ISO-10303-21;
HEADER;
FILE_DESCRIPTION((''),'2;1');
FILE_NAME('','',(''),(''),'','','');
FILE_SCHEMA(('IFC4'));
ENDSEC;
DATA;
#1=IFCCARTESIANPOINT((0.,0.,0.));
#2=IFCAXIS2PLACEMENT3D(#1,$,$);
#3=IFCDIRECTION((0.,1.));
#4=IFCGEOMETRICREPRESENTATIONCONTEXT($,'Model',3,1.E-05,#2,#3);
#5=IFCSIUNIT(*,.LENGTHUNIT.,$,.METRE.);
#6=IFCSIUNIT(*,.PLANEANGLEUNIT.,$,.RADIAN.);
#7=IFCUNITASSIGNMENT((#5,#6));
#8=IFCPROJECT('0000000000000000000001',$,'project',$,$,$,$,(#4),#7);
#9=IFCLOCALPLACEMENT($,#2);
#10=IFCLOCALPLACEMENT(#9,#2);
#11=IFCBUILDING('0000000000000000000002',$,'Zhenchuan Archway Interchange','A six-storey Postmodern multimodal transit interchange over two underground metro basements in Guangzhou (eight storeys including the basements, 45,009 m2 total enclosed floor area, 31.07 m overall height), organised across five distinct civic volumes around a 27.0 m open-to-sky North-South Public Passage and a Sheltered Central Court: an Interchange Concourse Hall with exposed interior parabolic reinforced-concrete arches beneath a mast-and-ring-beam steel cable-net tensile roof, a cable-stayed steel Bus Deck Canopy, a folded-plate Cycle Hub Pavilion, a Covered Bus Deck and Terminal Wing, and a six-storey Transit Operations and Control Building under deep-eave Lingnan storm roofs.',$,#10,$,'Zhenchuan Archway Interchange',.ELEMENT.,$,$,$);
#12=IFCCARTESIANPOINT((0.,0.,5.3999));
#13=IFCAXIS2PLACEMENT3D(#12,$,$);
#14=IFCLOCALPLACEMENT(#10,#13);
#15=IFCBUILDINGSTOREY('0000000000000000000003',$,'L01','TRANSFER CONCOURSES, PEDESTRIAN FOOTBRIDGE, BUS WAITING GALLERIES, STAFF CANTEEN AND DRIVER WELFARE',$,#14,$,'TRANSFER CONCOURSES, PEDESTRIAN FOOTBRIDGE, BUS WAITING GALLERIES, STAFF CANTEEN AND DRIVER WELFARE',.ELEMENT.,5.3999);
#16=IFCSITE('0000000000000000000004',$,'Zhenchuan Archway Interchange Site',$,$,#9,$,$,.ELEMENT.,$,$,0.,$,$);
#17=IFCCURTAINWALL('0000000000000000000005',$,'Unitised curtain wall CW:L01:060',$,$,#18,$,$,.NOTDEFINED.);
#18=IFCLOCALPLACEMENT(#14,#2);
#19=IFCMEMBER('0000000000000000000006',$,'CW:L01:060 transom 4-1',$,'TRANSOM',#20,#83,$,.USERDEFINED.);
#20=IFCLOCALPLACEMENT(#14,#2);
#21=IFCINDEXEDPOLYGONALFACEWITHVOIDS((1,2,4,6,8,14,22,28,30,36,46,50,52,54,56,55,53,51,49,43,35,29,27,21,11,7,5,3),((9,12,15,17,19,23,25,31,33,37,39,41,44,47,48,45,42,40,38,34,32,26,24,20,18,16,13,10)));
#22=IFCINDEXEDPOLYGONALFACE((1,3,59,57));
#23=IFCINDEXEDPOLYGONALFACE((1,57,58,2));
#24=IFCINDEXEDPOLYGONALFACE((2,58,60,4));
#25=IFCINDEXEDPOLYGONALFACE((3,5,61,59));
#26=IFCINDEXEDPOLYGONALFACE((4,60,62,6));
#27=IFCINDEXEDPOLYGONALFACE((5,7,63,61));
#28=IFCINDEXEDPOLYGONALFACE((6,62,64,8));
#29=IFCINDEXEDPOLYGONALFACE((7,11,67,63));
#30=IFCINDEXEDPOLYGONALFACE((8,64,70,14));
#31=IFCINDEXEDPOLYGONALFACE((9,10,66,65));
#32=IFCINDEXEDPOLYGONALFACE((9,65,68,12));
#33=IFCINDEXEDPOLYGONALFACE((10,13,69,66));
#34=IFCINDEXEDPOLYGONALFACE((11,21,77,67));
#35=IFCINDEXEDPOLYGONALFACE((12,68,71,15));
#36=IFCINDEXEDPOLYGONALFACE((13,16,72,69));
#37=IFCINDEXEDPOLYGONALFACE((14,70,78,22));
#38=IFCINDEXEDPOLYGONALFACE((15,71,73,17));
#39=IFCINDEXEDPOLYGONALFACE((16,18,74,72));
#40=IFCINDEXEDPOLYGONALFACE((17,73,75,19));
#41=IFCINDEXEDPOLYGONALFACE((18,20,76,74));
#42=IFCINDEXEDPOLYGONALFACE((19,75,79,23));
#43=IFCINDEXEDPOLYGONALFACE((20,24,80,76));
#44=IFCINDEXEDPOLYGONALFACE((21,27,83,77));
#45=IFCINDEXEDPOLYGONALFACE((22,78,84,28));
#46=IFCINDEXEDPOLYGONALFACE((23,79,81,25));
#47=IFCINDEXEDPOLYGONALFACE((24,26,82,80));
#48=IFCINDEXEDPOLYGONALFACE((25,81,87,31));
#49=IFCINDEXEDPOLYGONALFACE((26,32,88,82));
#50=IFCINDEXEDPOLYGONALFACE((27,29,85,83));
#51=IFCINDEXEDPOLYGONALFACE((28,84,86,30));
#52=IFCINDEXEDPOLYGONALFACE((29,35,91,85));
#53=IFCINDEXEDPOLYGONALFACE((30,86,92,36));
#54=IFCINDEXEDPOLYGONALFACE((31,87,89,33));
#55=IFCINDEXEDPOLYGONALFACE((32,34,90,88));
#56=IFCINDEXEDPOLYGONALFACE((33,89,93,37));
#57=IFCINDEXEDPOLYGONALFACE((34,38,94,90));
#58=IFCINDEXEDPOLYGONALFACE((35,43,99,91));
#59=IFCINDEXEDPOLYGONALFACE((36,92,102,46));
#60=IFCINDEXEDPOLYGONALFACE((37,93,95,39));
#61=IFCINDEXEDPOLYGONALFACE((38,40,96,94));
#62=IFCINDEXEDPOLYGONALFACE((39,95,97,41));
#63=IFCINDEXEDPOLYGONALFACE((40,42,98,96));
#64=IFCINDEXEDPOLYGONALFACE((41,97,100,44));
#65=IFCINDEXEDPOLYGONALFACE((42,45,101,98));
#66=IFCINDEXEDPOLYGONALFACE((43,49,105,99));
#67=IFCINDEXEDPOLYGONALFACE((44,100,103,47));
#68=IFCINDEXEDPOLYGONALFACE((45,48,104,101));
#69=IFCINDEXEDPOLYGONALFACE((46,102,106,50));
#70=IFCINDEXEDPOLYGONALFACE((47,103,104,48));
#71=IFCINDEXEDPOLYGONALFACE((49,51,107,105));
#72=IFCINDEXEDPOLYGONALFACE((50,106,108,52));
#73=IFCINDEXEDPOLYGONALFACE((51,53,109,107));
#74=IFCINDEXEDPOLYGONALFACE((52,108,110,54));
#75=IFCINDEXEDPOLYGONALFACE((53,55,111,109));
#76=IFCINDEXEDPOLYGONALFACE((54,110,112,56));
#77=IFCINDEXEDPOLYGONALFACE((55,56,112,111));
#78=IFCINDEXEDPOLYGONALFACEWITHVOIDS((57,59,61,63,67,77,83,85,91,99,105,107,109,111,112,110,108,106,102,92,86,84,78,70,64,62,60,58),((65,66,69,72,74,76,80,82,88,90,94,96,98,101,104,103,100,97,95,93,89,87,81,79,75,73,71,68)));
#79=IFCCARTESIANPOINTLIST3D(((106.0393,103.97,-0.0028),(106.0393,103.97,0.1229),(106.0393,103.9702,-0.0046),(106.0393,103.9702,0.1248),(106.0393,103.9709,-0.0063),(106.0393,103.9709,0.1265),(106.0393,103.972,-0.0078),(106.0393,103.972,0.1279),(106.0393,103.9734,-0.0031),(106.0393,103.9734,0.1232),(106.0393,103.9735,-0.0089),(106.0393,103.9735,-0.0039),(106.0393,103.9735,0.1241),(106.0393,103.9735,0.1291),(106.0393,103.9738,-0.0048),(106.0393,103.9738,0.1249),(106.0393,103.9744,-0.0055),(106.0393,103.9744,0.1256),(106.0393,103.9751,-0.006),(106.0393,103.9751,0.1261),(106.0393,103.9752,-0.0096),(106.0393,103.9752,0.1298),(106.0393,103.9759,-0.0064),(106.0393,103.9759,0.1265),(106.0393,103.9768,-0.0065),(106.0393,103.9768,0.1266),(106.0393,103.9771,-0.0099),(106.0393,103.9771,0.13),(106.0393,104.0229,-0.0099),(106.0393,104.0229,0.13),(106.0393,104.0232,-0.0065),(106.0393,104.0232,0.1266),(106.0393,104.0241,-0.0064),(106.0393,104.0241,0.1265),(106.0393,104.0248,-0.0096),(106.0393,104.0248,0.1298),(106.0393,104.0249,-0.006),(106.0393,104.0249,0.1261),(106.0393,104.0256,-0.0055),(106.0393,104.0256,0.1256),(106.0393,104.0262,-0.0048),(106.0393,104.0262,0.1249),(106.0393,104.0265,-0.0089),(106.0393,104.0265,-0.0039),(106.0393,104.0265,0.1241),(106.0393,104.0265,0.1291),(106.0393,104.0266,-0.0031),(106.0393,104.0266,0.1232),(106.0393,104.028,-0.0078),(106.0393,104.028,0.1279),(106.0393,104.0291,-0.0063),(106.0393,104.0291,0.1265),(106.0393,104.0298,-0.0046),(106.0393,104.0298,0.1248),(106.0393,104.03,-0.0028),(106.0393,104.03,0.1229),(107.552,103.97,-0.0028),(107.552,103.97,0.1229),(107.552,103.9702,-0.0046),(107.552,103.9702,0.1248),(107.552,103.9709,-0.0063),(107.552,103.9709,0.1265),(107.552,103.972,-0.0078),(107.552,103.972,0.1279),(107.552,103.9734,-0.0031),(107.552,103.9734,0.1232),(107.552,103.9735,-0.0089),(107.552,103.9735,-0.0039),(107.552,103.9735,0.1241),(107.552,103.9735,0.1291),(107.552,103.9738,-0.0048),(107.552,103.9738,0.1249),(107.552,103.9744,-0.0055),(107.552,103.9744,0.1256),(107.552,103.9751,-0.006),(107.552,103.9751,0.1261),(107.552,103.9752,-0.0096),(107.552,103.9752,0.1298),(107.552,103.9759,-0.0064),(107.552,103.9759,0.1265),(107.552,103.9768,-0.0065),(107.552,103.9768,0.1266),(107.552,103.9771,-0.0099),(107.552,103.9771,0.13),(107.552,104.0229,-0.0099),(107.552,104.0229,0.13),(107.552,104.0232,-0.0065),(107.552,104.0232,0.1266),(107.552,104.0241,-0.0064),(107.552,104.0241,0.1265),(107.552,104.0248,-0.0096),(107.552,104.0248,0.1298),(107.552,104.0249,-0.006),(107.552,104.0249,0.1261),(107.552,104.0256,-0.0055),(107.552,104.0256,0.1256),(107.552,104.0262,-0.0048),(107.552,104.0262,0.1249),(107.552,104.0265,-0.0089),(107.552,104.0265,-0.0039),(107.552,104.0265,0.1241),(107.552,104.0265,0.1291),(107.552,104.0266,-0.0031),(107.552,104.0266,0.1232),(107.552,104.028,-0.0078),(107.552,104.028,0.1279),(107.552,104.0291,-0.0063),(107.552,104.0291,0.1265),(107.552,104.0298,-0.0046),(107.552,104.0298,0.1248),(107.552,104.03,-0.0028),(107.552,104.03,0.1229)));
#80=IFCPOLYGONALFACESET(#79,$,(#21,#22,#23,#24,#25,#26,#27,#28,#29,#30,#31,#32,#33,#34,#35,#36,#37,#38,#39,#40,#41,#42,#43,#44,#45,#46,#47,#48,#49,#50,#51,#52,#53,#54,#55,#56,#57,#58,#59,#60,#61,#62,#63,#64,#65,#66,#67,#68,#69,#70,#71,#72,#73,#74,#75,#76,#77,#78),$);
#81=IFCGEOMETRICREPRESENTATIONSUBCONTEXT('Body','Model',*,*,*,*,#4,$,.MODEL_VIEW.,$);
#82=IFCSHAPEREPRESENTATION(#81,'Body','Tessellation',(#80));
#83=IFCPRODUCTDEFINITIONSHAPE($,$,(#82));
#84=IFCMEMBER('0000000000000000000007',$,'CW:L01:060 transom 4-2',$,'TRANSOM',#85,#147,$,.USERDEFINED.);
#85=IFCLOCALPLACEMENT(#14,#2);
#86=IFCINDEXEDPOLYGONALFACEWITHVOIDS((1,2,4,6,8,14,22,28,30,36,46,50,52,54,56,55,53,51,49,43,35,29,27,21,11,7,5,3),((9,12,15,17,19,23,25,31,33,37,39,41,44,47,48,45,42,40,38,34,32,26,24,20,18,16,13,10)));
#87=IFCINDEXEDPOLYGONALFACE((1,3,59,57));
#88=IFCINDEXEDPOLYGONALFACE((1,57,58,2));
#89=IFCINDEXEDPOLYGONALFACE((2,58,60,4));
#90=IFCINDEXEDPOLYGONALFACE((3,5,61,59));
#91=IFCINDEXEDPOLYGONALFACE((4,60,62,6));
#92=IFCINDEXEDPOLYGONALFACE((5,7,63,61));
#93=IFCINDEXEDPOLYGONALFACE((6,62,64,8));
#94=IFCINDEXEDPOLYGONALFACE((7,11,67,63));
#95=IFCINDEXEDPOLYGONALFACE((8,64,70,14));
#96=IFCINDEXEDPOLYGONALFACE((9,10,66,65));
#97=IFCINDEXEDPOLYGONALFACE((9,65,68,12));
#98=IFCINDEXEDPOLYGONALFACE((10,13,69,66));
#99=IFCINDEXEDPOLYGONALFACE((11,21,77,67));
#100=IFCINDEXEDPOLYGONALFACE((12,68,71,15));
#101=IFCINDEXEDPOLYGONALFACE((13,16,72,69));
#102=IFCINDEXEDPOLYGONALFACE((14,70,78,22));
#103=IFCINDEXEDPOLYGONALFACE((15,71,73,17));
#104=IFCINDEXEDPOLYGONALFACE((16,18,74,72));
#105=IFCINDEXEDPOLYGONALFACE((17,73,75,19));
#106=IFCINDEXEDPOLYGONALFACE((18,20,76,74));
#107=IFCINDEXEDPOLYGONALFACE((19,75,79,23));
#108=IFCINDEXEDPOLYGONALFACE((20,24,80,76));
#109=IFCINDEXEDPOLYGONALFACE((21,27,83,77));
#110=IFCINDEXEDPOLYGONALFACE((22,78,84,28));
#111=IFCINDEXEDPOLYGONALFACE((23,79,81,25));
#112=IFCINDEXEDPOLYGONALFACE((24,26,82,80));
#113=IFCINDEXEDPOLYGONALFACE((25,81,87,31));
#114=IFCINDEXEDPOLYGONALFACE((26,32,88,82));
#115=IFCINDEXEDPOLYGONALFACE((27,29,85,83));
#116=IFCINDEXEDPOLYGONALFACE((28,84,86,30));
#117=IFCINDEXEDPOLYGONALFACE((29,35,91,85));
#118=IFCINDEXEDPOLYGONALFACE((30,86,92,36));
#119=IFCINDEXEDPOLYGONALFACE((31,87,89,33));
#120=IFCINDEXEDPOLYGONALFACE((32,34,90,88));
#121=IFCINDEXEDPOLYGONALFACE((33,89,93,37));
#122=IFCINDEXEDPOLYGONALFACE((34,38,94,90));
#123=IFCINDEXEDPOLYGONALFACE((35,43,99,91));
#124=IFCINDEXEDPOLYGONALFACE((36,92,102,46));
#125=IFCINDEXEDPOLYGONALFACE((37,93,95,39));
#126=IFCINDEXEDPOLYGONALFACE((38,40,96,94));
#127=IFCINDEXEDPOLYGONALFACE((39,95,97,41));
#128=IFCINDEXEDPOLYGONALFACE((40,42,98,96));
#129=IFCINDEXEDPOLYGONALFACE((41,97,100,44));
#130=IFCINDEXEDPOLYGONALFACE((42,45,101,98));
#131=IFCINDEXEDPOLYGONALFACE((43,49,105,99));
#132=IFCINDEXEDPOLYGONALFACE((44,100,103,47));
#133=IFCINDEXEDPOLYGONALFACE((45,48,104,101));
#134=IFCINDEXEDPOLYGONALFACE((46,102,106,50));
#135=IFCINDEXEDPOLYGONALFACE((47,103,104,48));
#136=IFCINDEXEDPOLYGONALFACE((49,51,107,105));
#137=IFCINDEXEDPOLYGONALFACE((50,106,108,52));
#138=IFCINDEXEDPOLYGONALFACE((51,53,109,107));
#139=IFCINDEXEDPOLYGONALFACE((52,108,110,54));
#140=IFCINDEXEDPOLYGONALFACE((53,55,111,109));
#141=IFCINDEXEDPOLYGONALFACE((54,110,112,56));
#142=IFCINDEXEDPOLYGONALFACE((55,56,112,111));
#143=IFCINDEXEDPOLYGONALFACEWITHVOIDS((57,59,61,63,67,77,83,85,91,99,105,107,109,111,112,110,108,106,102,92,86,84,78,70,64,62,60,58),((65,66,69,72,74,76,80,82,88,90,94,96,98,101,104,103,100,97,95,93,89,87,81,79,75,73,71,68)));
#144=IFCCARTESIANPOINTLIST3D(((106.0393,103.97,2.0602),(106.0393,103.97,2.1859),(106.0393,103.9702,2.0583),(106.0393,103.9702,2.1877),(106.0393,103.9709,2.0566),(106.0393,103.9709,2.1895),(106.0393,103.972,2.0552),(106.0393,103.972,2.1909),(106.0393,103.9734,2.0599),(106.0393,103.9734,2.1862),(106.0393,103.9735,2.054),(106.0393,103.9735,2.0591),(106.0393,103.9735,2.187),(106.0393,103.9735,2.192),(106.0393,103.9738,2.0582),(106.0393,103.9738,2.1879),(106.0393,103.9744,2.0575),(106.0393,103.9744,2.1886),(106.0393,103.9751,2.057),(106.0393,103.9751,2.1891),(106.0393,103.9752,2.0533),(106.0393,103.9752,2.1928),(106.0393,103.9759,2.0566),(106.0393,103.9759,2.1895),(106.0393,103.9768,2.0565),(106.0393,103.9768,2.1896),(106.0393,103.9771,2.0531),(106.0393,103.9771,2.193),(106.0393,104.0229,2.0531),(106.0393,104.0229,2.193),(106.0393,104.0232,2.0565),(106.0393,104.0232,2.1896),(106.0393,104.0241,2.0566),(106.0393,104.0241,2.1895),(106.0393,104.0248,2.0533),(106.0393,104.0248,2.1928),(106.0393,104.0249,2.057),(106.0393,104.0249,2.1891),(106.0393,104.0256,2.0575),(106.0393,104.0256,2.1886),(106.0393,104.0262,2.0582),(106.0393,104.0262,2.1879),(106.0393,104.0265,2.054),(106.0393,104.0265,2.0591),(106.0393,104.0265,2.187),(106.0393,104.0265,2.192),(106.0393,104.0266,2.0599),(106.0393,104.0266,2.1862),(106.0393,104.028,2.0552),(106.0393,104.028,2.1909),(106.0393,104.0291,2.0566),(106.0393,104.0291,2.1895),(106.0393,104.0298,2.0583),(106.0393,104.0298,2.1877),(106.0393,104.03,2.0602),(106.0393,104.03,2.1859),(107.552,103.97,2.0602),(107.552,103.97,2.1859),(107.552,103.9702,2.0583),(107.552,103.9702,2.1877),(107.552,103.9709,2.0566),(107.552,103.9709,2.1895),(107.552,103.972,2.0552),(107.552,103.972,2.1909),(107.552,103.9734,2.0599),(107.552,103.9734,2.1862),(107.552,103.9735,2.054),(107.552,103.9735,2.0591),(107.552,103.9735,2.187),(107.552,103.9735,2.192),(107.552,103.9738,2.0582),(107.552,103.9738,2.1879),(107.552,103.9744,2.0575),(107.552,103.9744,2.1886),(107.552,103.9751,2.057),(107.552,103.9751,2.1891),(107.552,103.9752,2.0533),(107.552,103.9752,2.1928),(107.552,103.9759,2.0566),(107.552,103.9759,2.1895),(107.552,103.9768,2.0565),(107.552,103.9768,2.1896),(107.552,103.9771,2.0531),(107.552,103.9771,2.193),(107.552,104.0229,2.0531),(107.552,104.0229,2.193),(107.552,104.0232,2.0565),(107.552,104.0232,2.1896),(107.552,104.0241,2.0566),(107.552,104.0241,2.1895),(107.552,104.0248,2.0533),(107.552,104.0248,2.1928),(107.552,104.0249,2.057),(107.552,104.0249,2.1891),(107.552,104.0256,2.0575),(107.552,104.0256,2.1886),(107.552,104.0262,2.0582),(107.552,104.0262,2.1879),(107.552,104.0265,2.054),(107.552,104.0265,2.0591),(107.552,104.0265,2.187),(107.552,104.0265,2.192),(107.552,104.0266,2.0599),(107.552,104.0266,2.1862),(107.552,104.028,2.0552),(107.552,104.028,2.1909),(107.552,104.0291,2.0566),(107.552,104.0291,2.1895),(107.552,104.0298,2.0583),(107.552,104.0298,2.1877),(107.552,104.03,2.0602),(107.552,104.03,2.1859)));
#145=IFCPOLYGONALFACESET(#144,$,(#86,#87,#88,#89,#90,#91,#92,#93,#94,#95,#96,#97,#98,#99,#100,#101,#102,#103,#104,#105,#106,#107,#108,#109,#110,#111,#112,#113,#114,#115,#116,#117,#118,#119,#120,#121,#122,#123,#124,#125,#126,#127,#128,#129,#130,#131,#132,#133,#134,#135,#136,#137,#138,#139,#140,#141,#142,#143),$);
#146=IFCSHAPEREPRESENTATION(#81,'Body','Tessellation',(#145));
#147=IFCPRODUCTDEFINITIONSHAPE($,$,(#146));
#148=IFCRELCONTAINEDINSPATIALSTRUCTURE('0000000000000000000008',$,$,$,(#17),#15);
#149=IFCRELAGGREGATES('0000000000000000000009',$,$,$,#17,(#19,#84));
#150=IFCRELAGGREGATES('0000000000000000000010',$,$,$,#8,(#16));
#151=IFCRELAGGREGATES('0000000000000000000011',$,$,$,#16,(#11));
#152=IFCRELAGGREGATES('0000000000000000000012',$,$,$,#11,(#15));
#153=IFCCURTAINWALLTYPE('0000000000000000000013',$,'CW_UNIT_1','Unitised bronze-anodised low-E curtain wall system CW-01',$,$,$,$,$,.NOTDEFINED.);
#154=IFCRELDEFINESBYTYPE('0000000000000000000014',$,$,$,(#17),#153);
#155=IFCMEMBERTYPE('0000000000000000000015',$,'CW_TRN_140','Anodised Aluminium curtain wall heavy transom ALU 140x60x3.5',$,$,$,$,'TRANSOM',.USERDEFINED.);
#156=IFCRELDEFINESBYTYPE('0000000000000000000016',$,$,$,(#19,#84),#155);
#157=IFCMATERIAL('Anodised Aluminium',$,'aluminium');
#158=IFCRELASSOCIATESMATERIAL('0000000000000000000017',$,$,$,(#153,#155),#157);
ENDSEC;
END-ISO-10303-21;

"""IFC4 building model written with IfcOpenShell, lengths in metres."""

from ifc_helpers import new_model, si_unit, direction, frame, origin, origin_2d, place, context, subcontext, project, spatial, hollow_rectangle, extrude, material, material_profile, profile_set, type_object, element, aggregate, save


model = new_model("IFC4")

# Units and contexts
model_context = context("Model", 3, precision=1e-05, world=origin(), true_north=direction((0.0, 1.0)))
body_context = subcontext(model_context, "Body", "Model", "MODEL_VIEW")
ifc_project = project(units=[si_unit("LENGTHUNIT", "METRE"), si_unit("PLANEANGLEUNIT", "RADIAN")], contexts=[model_context])

# Site, building, storey
site_placement = place(None, origin())
site = spatial("IfcSite", under=ifc_project, at=site_placement, Name="Zhenchuan Archway Interchange Site", CompositionType="ELEMENT", RefElevation=0.0)
building_placement = place(site_placement, origin())
building = spatial("IfcBuilding", under=site, at=building_placement, Name="Zhenchuan Archway Interchange", Description="A six-storey Postmodern multimodal transit interchange over two underground metro basements in Guangzhou (eight storeys including the basements, 45,009 m2 total enclosed floor area, 31.07 m overall height), organised across five distinct civic volumes around a 27.0 m open-to-sky North-South Public Passage and a Sheltered Central Court: an Interchange Concourse Hall with exposed interior parabolic reinforced-concrete arches beneath a mast-and-ring-beam steel cable-net tensile roof, a cable-stayed steel Bus Deck Canopy, a folded-plate Cycle Hub Pavilion, a Covered Bus Deck and Terminal Wing, and a six-storey Transit Operations and Control Building under deep-eave Lingnan storm roofs.", LongName="Zhenchuan Archway Interchange", CompositionType="ELEMENT")
storey_placement = place(building_placement, frame((0.0, 0.0, 5.3999)))
storey = spatial("IfcBuildingStorey", under=building, at=storey_placement, Name="L01", Description="TRANSFER CONCOURSES, PEDESTRIAN FOOTBRIDGE, BUS WAITING GALLERIES, STAFF CANTEEN AND DRIVER WELFARE", LongName="TRANSFER CONCOURSES, PEDESTRIAN FOOTBRIDGE, BUS WAITING GALLERIES, STAFF CANTEEN AND DRIVER WELFARE", CompositionType="ELEMENT", Elevation=5.3999)

# Curtain wall, members
ifc_material_1 = material(Name="Anodised Aluminium", Category="aluminium")
curtain_wall_type = type_object("IfcCurtainWallType", Name="CW_UNIT_1", Description="Unitised bronze-anodised low-E curtain wall system CW-01", PredefinedType="NOTDEFINED", material=ifc_material_1)
curtain_wall_placement = place(storey_placement, origin())
curtain_wall = element("IfcCurtainWall", 1, at=curtain_wall_placement, inside=storey, type_object=curtain_wall_type, Name="Unitised curtain wall CW:L01:060", PredefinedType="NOTDEFINED")
ifc_material_profile_1 = material_profile(ifc_material_1, hollow_rectangle(XDim=0.0601, YDim=0.1399, WallThickness=0.0034, InnerFilletRadius=0.0034, OuterFilletRadius=0.0071, at=origin_2d()), Name="ALU 140x60x3.5")
ifc_profile_set_1 = profile_set([ifc_material_profile_1], Name="Anodised Aluminium")
member_type_1 = type_object("IfcMemberType", Name="CW_TRN_140", Description="Anodised Aluminium curtain wall heavy transom ALU 140x60x3.5", ElementType="TRANSOM", PredefinedType="USERDEFINED", material=ifc_profile_set_1)
member_1_placement = place(storey_placement, frame((106.0393, 104.0, 0.0601), z_axis=(1.0, 0.0, 0.0), x_axis=(0.0, 1.0, 0.0)))
member_1 = element("IfcMember", 2, at=member_1_placement, type_object=member_type_1, Name="CW:L01:060 transom 4-1", ObjectType="TRANSOM", PredefinedType="USERDEFINED", context=body_context, shape_type="SweptSolid", body=[
    extrude(hollow_rectangle(XDim=0.0601, YDim=0.1399, WallThickness=0.0034, InnerFilletRadius=0.0034, OuterFilletRadius=0.0071, at=origin_2d()), origin(), (0.0, 0.0, 1.0), 1.5127),
])
member_2_placement = place(storey_placement, frame((106.0393, 104.0, 2.123), z_axis=(1.0, 0.0, 0.0), x_axis=(0.0, 1.0, 0.0)))
member_2 = element("IfcMember", 3, at=member_2_placement, type_object=member_type_1, Name="CW:L01:060 transom 4-2", ObjectType="TRANSOM", PredefinedType="USERDEFINED", context=body_context, shape_type="SweptSolid", body=[
    extrude(hollow_rectangle(XDim=0.0601, YDim=0.1399, WallThickness=0.0034, InnerFilletRadius=0.0034, OuterFilletRadius=0.0071, at=origin_2d()), origin(), (0.0, 0.0, 1.0), 1.5127),
])
aggregate(curtain_wall, [member_1, member_2])

save(model, "model.ifc")
